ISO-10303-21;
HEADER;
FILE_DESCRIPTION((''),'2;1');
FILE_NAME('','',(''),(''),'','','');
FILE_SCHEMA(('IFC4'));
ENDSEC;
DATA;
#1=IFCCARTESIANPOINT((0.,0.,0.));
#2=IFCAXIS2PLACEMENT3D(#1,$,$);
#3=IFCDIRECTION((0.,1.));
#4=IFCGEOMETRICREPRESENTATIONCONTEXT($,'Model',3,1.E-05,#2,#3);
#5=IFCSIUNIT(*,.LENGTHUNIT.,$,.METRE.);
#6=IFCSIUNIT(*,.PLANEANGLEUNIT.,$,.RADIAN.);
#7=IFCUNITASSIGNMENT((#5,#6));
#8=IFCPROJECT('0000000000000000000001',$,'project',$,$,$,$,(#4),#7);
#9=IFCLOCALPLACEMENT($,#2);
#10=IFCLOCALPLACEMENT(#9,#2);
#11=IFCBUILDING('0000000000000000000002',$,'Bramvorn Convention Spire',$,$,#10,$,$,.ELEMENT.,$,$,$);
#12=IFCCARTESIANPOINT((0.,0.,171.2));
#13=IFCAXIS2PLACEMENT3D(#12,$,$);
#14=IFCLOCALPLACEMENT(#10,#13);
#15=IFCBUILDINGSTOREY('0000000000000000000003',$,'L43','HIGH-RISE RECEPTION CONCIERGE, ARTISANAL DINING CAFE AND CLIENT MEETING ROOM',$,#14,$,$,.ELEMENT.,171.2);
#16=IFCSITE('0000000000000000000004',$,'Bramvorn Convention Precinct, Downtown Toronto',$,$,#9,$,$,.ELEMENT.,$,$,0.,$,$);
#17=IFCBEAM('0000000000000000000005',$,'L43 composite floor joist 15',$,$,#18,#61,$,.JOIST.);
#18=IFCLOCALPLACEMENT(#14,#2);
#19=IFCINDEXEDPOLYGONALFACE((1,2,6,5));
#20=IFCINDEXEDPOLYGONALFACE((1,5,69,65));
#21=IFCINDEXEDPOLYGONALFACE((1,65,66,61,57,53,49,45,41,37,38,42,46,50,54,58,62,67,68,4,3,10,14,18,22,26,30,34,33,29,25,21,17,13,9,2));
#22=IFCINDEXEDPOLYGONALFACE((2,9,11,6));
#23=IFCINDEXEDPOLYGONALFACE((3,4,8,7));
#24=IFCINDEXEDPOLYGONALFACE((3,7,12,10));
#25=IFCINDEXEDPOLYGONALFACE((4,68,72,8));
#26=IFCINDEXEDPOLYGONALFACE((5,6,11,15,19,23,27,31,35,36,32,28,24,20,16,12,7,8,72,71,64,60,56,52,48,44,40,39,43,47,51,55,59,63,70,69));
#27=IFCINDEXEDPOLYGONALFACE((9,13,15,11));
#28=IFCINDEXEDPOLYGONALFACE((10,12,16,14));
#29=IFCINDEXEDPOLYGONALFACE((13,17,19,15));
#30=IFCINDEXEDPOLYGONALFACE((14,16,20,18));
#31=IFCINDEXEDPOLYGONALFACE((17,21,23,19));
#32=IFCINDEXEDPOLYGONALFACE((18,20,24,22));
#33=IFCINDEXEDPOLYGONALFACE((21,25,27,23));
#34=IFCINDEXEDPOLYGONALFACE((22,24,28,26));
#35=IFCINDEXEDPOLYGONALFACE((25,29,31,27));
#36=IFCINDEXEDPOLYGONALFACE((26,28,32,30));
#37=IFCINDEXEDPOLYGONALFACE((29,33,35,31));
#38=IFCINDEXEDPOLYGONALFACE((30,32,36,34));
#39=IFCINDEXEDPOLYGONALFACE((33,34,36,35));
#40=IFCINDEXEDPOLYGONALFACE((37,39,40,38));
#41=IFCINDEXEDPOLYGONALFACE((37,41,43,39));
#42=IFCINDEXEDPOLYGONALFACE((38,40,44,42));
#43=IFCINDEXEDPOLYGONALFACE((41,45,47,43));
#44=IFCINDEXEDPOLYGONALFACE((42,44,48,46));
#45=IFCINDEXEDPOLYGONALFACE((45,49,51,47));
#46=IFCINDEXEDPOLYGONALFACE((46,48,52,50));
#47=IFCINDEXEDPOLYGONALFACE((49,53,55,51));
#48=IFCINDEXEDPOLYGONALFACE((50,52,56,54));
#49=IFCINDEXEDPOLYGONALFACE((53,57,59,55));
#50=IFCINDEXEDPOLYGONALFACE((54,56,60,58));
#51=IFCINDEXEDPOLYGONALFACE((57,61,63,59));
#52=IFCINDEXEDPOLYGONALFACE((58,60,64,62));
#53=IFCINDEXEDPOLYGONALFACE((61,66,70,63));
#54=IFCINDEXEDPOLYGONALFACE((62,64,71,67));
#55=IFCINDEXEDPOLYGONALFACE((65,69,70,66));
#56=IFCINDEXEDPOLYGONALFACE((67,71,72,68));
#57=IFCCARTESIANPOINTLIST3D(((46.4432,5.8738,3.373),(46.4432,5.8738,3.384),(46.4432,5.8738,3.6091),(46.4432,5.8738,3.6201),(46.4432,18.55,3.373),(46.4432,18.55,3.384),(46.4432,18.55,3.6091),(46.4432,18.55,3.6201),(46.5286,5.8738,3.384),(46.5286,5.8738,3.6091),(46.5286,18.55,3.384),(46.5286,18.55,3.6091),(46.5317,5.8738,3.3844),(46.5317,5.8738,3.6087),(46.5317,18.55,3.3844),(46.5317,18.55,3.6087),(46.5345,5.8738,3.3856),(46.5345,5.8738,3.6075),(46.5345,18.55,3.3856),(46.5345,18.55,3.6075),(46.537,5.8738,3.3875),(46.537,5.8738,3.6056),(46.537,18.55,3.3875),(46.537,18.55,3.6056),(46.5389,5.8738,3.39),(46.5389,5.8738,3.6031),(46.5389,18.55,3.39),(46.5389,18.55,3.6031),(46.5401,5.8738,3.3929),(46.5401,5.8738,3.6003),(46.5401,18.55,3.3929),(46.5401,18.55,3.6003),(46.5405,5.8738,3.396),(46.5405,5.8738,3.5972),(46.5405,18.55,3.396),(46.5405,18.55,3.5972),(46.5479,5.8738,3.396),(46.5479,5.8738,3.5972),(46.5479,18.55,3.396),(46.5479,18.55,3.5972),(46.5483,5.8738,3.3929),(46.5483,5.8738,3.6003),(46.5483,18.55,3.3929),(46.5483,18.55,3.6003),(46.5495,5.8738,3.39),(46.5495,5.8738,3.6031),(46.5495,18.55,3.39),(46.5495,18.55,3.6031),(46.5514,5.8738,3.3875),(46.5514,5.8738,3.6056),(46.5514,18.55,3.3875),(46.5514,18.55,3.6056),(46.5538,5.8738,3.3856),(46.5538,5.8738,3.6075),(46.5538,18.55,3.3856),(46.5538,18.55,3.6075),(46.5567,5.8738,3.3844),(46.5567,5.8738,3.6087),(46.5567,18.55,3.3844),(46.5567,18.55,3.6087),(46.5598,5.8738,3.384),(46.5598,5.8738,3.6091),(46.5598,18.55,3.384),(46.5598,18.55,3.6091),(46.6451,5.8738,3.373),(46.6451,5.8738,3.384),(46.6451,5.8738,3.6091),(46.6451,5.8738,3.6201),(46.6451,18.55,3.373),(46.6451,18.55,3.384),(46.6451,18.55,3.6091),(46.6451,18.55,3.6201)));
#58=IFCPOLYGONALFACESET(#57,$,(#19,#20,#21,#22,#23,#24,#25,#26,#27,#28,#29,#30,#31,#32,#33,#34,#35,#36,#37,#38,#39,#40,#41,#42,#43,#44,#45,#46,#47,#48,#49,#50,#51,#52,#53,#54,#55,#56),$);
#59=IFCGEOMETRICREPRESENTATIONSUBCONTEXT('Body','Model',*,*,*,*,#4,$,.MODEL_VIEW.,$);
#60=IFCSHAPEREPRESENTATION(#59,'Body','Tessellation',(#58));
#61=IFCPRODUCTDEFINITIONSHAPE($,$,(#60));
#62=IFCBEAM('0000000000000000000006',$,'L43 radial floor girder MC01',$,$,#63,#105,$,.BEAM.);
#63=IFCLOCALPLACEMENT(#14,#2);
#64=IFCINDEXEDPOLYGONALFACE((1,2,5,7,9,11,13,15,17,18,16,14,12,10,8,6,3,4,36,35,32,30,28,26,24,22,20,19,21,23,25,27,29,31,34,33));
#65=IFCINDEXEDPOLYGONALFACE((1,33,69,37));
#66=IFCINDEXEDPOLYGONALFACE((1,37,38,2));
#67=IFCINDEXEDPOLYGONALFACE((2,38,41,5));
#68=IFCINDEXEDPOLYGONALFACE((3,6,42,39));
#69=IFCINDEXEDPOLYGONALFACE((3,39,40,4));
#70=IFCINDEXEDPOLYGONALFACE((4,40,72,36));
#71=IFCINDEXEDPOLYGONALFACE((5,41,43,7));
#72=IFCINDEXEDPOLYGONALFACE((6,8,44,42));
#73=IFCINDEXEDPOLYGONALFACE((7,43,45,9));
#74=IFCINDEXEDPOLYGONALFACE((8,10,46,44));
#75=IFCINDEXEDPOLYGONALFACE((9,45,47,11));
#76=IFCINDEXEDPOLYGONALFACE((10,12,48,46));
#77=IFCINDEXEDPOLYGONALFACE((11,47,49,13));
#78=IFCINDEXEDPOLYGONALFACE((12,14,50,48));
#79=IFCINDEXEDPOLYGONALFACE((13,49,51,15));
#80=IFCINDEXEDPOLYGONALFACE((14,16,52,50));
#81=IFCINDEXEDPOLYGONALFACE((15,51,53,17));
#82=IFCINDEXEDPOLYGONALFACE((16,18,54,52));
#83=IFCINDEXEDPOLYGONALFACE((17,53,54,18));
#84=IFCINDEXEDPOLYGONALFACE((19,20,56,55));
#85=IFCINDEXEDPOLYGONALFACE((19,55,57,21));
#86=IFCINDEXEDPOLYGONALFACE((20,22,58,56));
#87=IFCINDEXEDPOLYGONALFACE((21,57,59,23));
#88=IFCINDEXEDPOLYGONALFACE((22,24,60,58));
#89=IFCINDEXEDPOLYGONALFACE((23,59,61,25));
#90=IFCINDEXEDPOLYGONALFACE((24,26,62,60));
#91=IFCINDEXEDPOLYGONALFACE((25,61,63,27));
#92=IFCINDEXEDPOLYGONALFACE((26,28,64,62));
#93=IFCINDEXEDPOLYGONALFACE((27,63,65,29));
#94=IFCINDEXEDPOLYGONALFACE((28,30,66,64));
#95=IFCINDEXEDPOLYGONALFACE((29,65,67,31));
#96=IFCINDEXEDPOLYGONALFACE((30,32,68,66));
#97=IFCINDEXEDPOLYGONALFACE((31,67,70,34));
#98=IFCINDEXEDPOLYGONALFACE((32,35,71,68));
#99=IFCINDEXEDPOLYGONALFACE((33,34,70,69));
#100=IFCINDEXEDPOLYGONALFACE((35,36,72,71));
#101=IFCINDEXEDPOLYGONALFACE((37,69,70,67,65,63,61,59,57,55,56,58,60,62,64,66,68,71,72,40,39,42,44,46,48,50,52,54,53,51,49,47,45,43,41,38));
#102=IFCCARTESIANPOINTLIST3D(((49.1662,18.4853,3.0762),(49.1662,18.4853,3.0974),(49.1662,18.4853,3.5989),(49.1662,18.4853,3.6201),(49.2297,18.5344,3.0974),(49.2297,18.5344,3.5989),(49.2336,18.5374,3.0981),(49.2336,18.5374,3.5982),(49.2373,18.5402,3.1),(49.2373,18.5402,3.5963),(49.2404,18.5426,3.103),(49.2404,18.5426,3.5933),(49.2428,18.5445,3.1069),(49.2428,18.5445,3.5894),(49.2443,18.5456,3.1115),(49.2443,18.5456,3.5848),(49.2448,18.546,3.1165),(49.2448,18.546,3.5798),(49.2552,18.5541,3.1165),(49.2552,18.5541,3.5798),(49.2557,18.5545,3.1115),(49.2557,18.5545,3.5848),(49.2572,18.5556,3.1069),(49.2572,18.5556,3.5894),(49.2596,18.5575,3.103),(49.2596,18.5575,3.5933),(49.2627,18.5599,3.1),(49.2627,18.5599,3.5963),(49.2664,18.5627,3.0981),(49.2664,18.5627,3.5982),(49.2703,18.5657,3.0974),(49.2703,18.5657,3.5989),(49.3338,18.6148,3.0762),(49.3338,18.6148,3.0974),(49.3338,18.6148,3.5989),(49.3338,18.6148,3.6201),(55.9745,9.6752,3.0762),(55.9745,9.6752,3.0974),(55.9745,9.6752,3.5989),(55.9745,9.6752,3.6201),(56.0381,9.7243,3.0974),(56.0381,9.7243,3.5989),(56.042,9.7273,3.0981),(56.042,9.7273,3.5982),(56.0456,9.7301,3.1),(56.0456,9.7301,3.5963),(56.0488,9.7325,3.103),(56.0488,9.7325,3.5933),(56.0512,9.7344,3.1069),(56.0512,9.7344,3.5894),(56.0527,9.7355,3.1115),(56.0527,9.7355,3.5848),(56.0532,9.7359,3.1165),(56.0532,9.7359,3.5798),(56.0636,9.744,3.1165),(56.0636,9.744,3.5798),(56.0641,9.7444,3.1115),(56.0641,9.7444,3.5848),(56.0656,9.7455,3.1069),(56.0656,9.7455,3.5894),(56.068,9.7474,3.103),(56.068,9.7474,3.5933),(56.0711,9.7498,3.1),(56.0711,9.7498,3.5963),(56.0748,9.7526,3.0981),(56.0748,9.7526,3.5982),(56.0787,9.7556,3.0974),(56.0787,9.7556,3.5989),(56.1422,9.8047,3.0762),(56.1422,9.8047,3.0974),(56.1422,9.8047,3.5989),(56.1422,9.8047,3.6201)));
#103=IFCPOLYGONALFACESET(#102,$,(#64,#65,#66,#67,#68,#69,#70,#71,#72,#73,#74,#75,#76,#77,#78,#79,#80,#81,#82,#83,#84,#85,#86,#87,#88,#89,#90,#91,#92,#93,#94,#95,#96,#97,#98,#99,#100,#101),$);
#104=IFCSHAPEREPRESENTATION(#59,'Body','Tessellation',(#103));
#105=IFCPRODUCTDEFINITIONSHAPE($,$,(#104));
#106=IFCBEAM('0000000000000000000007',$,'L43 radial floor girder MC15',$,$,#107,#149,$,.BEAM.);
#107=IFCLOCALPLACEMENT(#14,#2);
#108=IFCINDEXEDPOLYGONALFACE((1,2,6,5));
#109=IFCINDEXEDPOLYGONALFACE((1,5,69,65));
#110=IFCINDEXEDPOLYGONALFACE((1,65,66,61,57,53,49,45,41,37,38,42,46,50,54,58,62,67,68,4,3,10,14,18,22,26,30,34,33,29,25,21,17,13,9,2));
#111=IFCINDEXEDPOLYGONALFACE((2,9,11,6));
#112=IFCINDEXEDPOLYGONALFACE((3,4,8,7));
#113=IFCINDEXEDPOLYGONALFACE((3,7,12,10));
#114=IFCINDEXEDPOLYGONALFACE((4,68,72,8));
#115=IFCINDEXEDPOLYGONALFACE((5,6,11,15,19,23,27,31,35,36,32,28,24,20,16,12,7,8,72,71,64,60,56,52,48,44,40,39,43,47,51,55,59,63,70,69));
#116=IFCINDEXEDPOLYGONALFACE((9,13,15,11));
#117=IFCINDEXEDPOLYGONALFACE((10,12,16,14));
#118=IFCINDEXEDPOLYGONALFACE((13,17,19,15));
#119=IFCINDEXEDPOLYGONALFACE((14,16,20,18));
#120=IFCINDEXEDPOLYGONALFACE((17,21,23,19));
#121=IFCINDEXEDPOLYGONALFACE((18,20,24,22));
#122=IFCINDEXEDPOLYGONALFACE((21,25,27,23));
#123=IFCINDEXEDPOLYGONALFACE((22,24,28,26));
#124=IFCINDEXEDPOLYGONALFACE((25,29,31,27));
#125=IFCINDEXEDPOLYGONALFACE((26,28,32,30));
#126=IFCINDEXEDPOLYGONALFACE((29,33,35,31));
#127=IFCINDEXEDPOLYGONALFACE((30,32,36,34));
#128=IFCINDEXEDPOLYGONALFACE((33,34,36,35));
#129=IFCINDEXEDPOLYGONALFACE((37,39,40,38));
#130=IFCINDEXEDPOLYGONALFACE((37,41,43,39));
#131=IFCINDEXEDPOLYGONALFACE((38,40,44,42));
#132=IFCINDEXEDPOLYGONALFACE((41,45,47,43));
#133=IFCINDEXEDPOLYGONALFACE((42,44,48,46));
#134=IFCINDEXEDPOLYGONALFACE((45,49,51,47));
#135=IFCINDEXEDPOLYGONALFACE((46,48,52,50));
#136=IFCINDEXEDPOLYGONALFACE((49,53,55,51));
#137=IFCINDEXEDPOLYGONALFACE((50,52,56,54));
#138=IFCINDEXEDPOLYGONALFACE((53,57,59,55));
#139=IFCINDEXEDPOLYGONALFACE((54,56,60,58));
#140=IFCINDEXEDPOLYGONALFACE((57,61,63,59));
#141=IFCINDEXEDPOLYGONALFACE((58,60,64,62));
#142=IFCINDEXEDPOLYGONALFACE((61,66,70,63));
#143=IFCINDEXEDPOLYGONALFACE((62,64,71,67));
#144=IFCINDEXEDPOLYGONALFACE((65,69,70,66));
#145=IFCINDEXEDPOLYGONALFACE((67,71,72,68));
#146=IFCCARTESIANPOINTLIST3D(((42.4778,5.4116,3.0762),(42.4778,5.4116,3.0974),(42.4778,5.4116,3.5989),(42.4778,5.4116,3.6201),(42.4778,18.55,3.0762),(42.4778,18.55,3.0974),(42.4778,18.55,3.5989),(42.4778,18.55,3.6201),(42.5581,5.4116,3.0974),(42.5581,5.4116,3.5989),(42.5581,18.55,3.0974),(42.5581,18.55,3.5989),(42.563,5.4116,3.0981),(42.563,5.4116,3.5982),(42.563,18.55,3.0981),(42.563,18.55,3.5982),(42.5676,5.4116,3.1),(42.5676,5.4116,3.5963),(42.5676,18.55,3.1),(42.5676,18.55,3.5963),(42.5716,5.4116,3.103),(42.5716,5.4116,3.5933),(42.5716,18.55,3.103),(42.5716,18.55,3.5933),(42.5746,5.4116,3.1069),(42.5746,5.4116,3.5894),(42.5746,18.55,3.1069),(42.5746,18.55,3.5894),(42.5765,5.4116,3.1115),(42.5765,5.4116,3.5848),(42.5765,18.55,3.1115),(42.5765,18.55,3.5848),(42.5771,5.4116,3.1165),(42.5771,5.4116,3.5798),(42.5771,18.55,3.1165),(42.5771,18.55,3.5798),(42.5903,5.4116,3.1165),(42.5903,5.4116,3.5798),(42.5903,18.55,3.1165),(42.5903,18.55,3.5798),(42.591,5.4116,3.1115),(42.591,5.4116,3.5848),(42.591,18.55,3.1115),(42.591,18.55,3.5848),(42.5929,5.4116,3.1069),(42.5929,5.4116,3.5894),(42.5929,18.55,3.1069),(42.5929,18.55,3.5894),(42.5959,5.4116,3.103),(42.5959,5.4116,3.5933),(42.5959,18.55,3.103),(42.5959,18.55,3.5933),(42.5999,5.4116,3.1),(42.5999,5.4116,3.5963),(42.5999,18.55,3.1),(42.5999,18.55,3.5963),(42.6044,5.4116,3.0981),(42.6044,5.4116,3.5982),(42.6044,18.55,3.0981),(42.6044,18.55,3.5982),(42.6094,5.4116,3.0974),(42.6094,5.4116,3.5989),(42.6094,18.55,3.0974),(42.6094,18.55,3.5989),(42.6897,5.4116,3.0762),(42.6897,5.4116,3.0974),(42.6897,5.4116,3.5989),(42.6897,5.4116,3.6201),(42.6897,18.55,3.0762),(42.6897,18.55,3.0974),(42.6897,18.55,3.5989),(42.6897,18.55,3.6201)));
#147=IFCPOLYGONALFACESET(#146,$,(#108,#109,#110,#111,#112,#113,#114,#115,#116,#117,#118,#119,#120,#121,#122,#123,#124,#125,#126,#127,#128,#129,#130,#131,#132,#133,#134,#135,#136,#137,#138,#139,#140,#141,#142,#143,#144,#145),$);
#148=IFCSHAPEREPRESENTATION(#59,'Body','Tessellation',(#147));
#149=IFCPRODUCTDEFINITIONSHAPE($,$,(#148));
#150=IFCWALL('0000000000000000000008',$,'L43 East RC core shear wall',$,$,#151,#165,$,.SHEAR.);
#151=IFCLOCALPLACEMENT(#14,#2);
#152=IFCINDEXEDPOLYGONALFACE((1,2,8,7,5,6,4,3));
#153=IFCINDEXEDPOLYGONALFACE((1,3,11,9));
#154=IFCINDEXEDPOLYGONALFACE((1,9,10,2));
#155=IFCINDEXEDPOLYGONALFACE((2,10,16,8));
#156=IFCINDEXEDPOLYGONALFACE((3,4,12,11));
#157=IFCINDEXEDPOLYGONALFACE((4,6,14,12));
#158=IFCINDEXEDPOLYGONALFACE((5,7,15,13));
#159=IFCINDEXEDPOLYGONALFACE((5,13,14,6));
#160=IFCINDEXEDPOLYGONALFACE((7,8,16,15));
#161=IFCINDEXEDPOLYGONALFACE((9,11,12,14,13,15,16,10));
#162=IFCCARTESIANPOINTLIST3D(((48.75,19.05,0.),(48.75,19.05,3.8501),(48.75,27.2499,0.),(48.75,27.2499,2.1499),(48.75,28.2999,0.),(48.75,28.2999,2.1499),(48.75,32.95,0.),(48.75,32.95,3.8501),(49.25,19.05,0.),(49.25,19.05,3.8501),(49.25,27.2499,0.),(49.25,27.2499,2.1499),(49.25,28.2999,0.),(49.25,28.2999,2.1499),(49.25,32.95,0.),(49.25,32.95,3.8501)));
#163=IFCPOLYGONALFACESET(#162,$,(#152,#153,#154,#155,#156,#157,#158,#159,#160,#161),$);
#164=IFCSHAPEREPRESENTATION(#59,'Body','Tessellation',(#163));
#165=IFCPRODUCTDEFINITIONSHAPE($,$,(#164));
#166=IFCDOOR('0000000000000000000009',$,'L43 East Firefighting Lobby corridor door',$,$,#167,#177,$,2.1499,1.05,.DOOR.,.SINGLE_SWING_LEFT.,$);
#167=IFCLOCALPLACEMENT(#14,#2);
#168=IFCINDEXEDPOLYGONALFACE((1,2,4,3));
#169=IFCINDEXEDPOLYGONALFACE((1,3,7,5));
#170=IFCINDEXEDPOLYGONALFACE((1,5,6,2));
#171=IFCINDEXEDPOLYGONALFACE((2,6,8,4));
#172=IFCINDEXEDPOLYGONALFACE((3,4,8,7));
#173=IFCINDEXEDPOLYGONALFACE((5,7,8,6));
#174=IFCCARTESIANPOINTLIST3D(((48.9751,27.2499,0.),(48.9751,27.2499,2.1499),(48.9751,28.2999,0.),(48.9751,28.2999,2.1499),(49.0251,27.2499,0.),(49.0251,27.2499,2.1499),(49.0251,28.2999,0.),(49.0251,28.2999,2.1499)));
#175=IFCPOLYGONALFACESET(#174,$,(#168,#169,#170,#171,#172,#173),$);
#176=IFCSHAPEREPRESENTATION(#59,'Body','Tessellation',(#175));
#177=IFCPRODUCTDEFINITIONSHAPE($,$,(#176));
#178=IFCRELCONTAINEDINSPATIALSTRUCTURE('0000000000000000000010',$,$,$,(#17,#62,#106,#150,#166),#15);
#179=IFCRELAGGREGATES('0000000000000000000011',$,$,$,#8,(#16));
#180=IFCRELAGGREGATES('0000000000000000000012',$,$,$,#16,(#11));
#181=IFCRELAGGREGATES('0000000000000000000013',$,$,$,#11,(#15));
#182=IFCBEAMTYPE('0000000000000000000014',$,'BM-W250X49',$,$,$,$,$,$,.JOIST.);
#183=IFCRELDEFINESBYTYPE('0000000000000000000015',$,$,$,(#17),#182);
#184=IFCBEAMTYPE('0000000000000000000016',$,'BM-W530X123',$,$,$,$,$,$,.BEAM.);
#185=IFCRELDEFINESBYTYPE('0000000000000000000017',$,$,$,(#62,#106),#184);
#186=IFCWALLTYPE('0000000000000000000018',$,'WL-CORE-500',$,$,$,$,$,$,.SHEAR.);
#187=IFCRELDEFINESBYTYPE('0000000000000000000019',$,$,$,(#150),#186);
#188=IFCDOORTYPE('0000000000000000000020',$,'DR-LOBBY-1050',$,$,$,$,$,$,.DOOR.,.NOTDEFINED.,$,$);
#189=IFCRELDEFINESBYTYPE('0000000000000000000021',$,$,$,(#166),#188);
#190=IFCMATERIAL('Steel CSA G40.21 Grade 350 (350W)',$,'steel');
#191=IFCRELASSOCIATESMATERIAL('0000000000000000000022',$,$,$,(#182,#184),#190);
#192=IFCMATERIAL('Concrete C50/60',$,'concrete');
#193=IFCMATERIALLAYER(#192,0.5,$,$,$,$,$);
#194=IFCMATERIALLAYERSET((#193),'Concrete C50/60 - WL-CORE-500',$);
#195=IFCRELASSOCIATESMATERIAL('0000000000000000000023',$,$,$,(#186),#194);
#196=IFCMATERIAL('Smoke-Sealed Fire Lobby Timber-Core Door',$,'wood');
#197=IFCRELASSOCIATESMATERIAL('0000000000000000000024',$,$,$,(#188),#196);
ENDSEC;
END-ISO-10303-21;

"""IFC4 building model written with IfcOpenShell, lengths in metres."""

from ifc_helpers import new_model, si_unit, direction, frame, frame_2d, origin, origin_2d, place, context, subcontext, project, spatial, rectangle, i_section, extrude, material, layer, layer_set, material_profile, profile_set, type_object, element, fill, save


model = new_model("IFC4")

# Units and contexts
model_context = context("Model", 3, precision=1e-05, world=origin(), true_north=direction((0.0, 1.0)))
body_context = subcontext(model_context, "Body", "Model", "MODEL_VIEW")
ifc_project = project(units=[si_unit("LENGTHUNIT", "METRE"), si_unit("PLANEANGLEUNIT", "RADIAN")], contexts=[model_context])

# Site, building, storey
site_placement = place(None, origin())
site = spatial("IfcSite", under=ifc_project, at=site_placement, Name="Bramvorn Convention Precinct, Downtown Toronto", CompositionType="ELEMENT", RefElevation=0.0)
building_placement = place(site_placement, origin())
building = spatial("IfcBuilding", under=site, at=building_placement, Name="Bramvorn Convention Spire", CompositionType="ELEMENT")
storey_placement = place(building_placement, frame((0.0, 0.0, 171.2)))
storey = spatial("IfcBuildingStorey", under=building, at=storey_placement, Name="L43", Description="HIGH-RISE RECEPTION CONCIERGE, ARTISANAL DINING CAFE AND CLIENT MEETING ROOM", CompositionType="ELEMENT", Elevation=171.2)

# Beams
ifc_material_1 = material(Name="Steel CSA G40.21 Grade 350 (350W)", Category="steel")
ifc_material_profile_1 = material_profile(ifc_material_1, i_section(OverallWidth=0.2019, OverallDepth=0.2471, WebThickness=0.0073, FlangeThickness=0.011, FilletRadius=0.012, at=origin_2d()))
ifc_profile_set_1 = profile_set([ifc_material_profile_1], Name="Steel CSA G40.21 Grade 350 (350W) - W250X49")
beam_type_1 = type_object("IfcBeamType", Name="BM-W250X49", PredefinedType="JOIST", material=ifc_profile_set_1)
beam_1_placement = place(storey_placement, frame((46.5442, 18.55, 3.4966), z_axis=(0.0, -1.0, 0.0), x_axis=(1.0, 0.0, 0.0)))
element("IfcBeam", 1, at=beam_1_placement, inside=storey, type_object=beam_type_1, Name="L43 composite floor joist 15", PredefinedType="JOIST", context=body_context, shape_type="SweptSolid", body=[
    extrude(i_section(OverallWidth=0.2019, OverallDepth=0.2471, WebThickness=0.0073, FlangeThickness=0.011, FilletRadius=0.012, at=origin_2d()), origin(), (0.0, 0.0, 1.0), 12.6763),
])
ifc_material_profile_2 = material_profile(ifc_material_1, i_section(OverallWidth=0.2119, OverallDepth=0.5439, WebThickness=0.0132, FlangeThickness=0.0212, FilletRadius=0.019, at=origin_2d()))
ifc_profile_set_2 = profile_set([ifc_material_profile_2], Name="Steel CSA G40.21 Grade 350 (350W) - W530X123")
beam_type_2 = type_object("IfcBeamType", Name="BM-W530X123", PredefinedType="BEAM", material=ifc_profile_set_2)
beam_2_placement = place(storey_placement, frame((49.25, 18.55, 3.3481), z_axis=(0.61148, -0.79126, 0.0), x_axis=(0.79126, 0.61148, 0.0)))
element("IfcBeam", 2, at=beam_2_placement, inside=storey, type_object=beam_type_2, Name="L43 radial floor girder MC01", PredefinedType="BEAM", context=body_context, shape_type="SweptSolid", body=[
    extrude(i_section(OverallWidth=0.2119, OverallDepth=0.5439, WebThickness=0.0132, FlangeThickness=0.0212, FilletRadius=0.019, at=origin_2d()), origin(), (0.0, 0.0, 1.0), 11.1343),
])
beam_3_placement = place(storey_placement, frame((42.5837, 18.55, 3.3481), z_axis=(0.0, -1.0, 0.0), x_axis=(1.0, 0.0, 0.0)))
element("IfcBeam", 3, at=beam_3_placement, inside=storey, type_object=beam_type_2, Name="L43 radial floor girder MC15", PredefinedType="BEAM", context=body_context, shape_type="SweptSolid", body=[
    extrude(i_section(OverallWidth=0.2119, OverallDepth=0.5439, WebThickness=0.0132, FlangeThickness=0.0212, FilletRadius=0.019, at=origin_2d()), origin(), (0.0, 0.0, 1.0), 13.1384),
])

# Wall, opening, door
ifc_material_2 = material(Name="Concrete C50/60", Category="concrete")
ifc_layer_1 = layer(ifc_material_2, 0.5)
ifc_layer_set_1 = layer_set([ifc_layer_1], Name="Concrete C50/60 - WL-CORE-500")
wall_type_1 = type_object("IfcWallType", Name="WL-CORE-500", PredefinedType="SHEAR", material=ifc_layer_set_1)
wall_1_placement = place(storey_placement, frame((49.0, 19.05, 0.0), z_axis=(0.0, 0.0, 1.0), x_axis=(0.0, 1.0, 0.0)))
wall_1 = element("IfcWall", 4, at=wall_1_placement, inside=storey, type_object=wall_type_1, Name="L43 East RC core shear wall", PredefinedType="SHEAR", context=body_context, shape_type="SweptSolid", body=[
    extrude(rectangle(XDim=13.8999, YDim=0.5, at=frame_2d((6.95, 0.0))), origin(), (0.0, 0.0, 1.0), 3.8501),
])
opening_1_placement = place(wall_1_placement, frame((8.2, 0.0, 0.0)))
opening_1 = element("IfcOpeningElement", 5, at=opening_1_placement, cuts=wall_1, PredefinedType="OPENING", context=body_context, shape_type="SweptSolid", body=[
    extrude(rectangle(XDim=1.05, YDim=2.1499, at=frame_2d((0.5249, 1.075))), frame((0.0, 0.26, 0.0), z_axis=(0.0, -1.0, 0.0), x_axis=(1.0, 0.0, 0.0)), (0.0, 0.0, 1.0), 0.52),
])
ifc_material_3 = material(Name="Smoke-Sealed Fire Lobby Timber-Core Door", Category="wood")
door_type_1 = type_object("IfcDoorType", Name="DR-LOBBY-1050", OperationType="NOTDEFINED", PredefinedType="DOOR", material=ifc_material_3)
door_1_placement = place(opening_1_placement, origin())
door_1 = element("IfcDoor", 6, at=door_1_placement, inside=storey, type_object=door_type_1, Name="L43 East Firefighting Lobby corridor door", OperationType="SINGLE_SWING_LEFT", OverallHeight=2.1499, OverallWidth=1.05, PredefinedType="DOOR", context=body_context, shape_type="SweptSolid", body=[
    extrude(rectangle(XDim=1.05, YDim=2.1499, at=frame_2d((0.5249, 1.075))), frame((0.0, 0.0249, 0.0), z_axis=(0.0, -1.0, 0.0), x_axis=(1.0, 0.0, 0.0)), (0.0, 0.0, 1.0), 0.05),
])
fill(opening_1, door_1)

save(model, "model.ifc")
